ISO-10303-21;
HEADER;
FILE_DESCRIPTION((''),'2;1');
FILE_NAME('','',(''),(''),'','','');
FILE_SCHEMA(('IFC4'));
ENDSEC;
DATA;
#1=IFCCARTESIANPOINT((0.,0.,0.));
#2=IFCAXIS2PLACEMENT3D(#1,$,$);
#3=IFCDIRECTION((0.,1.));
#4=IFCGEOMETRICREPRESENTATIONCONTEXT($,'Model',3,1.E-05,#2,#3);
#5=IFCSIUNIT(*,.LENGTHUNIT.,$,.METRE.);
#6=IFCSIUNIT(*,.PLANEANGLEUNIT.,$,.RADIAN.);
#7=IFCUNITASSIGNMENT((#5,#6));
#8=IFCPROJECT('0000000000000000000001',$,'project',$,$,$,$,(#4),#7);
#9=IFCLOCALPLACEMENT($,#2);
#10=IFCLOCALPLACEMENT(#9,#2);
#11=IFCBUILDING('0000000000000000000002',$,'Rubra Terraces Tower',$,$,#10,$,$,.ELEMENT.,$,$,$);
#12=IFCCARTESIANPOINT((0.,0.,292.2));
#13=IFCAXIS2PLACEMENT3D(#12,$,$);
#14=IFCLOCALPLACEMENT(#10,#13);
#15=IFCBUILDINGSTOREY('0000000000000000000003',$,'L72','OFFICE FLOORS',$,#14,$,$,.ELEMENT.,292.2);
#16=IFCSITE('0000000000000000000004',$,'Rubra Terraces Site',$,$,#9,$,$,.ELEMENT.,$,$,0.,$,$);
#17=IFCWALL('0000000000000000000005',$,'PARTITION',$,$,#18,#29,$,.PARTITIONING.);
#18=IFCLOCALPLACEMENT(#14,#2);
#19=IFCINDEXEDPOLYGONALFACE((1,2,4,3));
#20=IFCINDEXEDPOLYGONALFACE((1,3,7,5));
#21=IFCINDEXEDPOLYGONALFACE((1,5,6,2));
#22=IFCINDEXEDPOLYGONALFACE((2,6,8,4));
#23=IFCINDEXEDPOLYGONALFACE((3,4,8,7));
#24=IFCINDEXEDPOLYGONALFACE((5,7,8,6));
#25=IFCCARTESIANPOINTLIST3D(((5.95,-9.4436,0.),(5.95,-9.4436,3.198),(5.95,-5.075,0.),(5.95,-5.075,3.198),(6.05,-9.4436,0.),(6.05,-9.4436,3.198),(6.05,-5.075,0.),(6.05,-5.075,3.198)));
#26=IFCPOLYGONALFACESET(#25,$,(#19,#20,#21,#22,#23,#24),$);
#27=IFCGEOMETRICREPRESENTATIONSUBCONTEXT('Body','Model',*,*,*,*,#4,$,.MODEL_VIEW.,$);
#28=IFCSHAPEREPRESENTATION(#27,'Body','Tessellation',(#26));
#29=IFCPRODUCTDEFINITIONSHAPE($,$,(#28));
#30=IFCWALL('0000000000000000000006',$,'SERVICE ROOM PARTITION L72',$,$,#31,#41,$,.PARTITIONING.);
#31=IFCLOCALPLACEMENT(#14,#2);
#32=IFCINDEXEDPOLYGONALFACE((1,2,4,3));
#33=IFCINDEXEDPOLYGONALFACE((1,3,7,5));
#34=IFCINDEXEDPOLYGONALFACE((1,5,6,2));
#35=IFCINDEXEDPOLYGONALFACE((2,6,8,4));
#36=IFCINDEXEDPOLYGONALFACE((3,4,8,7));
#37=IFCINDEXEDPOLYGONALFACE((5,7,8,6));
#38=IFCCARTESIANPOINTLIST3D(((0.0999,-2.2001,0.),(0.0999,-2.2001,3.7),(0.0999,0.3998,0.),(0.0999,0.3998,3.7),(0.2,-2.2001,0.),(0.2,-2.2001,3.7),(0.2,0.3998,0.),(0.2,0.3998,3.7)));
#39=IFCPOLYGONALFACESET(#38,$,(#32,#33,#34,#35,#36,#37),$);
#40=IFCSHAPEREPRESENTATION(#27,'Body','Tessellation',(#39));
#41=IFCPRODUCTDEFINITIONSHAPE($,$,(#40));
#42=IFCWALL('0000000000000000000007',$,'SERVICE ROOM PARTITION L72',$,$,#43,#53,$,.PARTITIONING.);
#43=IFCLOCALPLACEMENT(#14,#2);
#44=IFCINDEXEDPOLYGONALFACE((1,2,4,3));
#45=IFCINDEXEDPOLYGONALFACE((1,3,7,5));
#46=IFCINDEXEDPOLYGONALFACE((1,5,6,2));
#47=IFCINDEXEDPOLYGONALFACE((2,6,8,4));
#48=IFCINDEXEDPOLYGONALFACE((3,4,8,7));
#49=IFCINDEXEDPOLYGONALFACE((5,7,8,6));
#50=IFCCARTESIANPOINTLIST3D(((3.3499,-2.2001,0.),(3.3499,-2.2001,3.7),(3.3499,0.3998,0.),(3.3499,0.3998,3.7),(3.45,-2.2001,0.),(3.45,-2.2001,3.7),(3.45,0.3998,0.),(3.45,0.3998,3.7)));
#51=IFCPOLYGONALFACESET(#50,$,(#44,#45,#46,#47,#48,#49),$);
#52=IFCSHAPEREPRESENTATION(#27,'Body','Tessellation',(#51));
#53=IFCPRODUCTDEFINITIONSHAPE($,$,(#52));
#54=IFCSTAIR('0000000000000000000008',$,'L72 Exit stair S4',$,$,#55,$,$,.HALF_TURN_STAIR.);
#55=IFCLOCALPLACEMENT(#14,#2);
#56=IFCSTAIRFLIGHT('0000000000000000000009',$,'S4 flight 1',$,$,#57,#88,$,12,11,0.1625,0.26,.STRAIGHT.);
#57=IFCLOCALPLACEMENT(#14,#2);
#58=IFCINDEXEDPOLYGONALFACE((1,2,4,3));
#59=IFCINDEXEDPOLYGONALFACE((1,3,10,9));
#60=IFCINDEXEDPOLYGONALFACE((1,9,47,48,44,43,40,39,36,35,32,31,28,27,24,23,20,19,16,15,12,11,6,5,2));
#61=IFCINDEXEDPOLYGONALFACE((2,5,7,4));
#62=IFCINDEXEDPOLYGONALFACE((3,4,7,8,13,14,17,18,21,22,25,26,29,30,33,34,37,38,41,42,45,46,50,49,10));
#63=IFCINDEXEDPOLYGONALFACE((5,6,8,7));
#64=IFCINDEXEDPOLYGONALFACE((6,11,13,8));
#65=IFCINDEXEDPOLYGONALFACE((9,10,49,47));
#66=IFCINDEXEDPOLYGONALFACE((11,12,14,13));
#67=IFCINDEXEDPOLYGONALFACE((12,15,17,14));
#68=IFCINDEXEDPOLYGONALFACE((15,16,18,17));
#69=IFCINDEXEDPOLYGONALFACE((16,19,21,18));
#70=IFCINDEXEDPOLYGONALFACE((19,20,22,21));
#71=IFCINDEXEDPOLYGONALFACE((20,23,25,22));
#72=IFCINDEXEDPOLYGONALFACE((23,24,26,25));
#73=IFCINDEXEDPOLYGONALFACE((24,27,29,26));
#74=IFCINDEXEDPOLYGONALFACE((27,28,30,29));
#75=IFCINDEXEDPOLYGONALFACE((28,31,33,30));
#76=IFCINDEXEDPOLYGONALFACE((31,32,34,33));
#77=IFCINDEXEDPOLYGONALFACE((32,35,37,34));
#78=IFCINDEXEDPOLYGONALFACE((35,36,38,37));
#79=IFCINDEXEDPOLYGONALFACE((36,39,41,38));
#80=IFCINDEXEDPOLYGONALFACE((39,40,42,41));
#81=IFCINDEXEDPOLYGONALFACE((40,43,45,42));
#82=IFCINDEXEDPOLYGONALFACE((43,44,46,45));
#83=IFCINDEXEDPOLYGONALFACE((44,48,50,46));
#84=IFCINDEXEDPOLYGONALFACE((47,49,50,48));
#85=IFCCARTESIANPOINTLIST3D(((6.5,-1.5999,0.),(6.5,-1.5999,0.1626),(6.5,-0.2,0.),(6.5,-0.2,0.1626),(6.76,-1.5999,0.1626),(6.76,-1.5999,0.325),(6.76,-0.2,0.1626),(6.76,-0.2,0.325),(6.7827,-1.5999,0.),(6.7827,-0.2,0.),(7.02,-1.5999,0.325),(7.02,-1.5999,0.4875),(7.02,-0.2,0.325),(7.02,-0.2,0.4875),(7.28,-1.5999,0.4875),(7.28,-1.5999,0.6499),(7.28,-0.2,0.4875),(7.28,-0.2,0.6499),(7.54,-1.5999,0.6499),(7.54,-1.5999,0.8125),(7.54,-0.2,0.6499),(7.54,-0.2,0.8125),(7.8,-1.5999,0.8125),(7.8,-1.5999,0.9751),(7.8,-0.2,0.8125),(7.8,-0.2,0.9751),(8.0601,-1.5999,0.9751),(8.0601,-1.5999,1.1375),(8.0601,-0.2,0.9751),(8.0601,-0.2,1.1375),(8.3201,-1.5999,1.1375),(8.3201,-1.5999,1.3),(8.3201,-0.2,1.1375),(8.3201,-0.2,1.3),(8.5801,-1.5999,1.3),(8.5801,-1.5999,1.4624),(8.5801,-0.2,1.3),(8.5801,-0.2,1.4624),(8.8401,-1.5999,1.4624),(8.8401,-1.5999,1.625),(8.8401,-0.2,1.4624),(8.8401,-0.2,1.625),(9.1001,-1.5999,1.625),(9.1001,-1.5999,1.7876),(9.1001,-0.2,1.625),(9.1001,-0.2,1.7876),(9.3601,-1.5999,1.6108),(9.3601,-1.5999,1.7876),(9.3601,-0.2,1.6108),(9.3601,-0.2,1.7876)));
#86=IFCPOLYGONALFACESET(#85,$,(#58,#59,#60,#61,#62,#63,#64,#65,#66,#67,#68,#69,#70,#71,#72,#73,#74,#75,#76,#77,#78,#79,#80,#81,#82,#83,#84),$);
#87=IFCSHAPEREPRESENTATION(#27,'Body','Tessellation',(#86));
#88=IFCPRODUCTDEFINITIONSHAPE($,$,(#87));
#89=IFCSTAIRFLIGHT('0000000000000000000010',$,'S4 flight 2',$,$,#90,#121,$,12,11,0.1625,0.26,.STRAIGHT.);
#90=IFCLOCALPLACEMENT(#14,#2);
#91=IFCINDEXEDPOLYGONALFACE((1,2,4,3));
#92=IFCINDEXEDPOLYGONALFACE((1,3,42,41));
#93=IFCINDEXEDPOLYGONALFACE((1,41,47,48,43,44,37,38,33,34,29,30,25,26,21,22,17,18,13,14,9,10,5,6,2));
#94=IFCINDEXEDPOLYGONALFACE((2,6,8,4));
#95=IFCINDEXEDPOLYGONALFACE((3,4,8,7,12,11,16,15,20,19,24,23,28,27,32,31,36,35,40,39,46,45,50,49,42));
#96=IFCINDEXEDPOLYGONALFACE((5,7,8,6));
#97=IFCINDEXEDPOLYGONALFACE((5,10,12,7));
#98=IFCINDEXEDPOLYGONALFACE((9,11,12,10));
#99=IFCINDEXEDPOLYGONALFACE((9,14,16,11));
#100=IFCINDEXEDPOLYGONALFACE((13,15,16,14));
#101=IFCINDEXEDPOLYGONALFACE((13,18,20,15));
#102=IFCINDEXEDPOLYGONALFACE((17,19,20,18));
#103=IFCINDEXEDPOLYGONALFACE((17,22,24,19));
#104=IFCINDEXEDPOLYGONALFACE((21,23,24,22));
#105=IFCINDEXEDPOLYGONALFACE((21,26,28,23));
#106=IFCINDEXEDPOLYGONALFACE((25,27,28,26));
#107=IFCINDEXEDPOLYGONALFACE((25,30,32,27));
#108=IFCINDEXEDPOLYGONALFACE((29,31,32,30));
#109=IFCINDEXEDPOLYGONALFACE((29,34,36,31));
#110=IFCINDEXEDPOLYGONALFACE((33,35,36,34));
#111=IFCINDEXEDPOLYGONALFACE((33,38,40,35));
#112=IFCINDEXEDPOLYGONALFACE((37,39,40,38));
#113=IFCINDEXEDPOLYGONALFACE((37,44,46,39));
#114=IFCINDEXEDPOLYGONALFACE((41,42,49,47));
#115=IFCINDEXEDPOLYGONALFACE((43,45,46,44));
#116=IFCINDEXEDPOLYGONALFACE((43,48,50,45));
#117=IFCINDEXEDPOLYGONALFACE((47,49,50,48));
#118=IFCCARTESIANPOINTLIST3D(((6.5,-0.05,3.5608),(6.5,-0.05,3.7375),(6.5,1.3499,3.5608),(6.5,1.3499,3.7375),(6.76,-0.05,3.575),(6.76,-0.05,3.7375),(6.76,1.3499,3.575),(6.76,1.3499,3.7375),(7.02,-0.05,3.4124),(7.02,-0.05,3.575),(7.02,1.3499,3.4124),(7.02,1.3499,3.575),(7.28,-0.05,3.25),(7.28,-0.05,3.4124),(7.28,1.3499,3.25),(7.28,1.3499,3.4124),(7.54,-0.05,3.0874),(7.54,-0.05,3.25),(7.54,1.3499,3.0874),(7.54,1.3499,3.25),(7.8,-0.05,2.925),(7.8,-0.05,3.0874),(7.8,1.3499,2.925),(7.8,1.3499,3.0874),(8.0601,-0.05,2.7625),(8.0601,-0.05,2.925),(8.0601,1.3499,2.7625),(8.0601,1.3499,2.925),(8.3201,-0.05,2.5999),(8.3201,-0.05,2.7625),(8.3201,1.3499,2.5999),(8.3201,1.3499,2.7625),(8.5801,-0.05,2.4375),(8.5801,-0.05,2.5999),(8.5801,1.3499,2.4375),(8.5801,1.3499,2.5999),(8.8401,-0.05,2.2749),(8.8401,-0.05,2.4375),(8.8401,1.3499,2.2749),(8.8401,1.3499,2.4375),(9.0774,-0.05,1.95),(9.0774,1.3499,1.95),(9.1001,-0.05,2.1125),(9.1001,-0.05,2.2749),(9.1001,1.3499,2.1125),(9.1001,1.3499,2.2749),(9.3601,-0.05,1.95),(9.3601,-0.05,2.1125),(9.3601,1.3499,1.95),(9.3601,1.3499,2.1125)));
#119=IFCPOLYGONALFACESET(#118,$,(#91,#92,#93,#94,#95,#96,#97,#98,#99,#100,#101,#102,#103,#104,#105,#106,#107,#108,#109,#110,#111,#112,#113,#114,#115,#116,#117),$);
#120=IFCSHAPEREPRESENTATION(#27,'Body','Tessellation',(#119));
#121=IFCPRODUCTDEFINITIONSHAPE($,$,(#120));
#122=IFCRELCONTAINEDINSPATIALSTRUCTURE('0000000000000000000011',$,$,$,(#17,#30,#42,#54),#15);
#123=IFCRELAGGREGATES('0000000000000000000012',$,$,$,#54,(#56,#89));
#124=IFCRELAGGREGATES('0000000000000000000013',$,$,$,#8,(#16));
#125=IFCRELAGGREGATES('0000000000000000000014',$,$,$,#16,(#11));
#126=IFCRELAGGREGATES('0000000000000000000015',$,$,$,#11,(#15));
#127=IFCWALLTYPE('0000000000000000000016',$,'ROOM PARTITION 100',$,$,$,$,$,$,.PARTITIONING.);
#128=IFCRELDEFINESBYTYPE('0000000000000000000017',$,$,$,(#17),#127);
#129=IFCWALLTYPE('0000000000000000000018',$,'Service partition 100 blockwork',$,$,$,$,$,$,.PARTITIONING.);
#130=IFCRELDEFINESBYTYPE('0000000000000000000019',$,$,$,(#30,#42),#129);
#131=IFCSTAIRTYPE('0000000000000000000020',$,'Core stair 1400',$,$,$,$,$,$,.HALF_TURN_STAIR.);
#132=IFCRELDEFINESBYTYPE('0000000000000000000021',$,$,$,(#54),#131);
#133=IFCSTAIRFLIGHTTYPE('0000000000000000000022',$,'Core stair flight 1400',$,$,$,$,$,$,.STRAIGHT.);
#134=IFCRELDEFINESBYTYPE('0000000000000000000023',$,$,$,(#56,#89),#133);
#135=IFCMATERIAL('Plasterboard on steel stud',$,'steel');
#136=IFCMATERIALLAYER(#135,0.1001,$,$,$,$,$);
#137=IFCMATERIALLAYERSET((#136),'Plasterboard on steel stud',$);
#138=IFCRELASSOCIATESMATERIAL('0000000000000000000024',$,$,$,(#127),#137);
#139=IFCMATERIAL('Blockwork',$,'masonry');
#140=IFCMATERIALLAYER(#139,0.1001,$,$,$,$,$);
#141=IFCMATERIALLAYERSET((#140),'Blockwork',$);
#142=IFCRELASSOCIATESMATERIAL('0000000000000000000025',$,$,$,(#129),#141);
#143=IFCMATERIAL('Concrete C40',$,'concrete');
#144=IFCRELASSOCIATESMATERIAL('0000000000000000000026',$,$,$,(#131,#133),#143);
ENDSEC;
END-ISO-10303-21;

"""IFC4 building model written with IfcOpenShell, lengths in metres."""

from ifc_helpers import new_model, si_unit, direction, frame, frame_2d, origin, place, context, subcontext, project, spatial, polyline, rectangle, outline, extrude, material, layer, layer_set, type_object, element, aggregate, save


model = new_model("IFC4")

# Units and contexts
model_context = context("Model", 3, precision=1e-05, world=origin(), true_north=direction((0.0, 1.0)))
body_context = subcontext(model_context, "Body", "Model", "MODEL_VIEW")
ifc_project = project(units=[si_unit("LENGTHUNIT", "METRE"), si_unit("PLANEANGLEUNIT", "RADIAN")], contexts=[model_context])

# Site, building, storey
site_placement = place(None, origin())
site = spatial("IfcSite", under=ifc_project, at=site_placement, Name="Rubra Terraces Site", CompositionType="ELEMENT", RefElevation=0.0)
building_placement = place(site_placement, origin())
building = spatial("IfcBuilding", under=site, at=building_placement, Name="Rubra Terraces Tower", CompositionType="ELEMENT")
storey_placement = place(building_placement, frame((0.0, 0.0, 292.2)))
storey = spatial("IfcBuildingStorey", under=building, at=storey_placement, Name="L72", Description="OFFICE FLOORS", CompositionType="ELEMENT", Elevation=292.2)

# Walls
ifc_material_1 = material(Name="Concrete C40", Category="concrete")
ifc_material_2 = material(Name="Plasterboard on steel stud", Category="steel")
ifc_layer_1 = layer(ifc_material_2, 0.1001)
ifc_layer_set_1 = layer_set([ifc_layer_1], Name="Plasterboard on steel stud")
wall_type_1 = type_object("IfcWallType", Name="ROOM PARTITION 100", PredefinedType="PARTITIONING", material=ifc_layer_set_1)
wall_1_placement = place(storey_placement, frame((6.0, -9.4436, 0.0), z_axis=(0.0, 0.0, 1.0), x_axis=(0.0, 1.0, 0.0)))
element("IfcWall", 1, at=wall_1_placement, inside=storey, type_object=wall_type_1, Name="PARTITION", PredefinedType="PARTITIONING", context=body_context, shape_type="SweptSolid", body=[
    extrude(rectangle(XDim=4.3687, YDim=0.1001, at=frame_2d((2.1843, 0.0))), origin(), (0.0, 0.0, 1.0), 3.198),
])
ifc_material_3 = material(Name="Blockwork", Category="masonry")
ifc_layer_2 = layer(ifc_material_3, 0.1001)
ifc_layer_set_2 = layer_set([ifc_layer_2], Name="Blockwork")
wall_type_2 = type_object("IfcWallType", Name="Service partition 100 blockwork", PredefinedType="PARTITIONING", material=ifc_layer_set_2)
for number, where, z_axis, x_axis, name in (
    (2, (0.1499, -2.2, 0.0), (0.0, 0.0, 1.0), (0.0, 1.0, 0.0), "SERVICE ROOM PARTITION L72"),
    (3, (3.3999, -2.2, 0.0), (0.0, 0.0, 1.0), (0.0, 1.0, 0.0), "SERVICE ROOM PARTITION L72"),
):
    element("IfcWall", number, at=place(storey_placement, frame(where, z_axis=z_axis, x_axis=x_axis)), inside=storey, type_object=wall_type_2, Name=name, PredefinedType="PARTITIONING", context=body_context, shape_type="SweptSolid", body=[
        extrude(rectangle(XDim=2.5999, YDim=0.1001, at=frame_2d((1.2998, 0.0))), origin(), (0.0, 0.0, 1.0), 3.7),
    ])

# Stair, stair flights
stair_type = type_object("IfcStairType", Name="Core stair 1400", PredefinedType="HALF_TURN_STAIR", material=ifc_material_1)
stair_placement = place(storey_placement, origin())
stair = element("IfcStair", 4, at=stair_placement, inside=storey, type_object=stair_type, Name="L72 Exit stair S4", PredefinedType="HALF_TURN_STAIR")
stair_flight_type = type_object("IfcStairFlightType", Name="Core stair flight 1400", PredefinedType="STRAIGHT", material=ifc_material_1)
stair_flight_1_placement = place(storey_placement, frame((6.5, -0.8999, 0.0), z_axis=(0.0, 0.0, 1.0), x_axis=(1.0, 0.0, 0.0)))
stair_flight_1 = element("IfcStairFlight", 5, at=stair_flight_1_placement, type_object=stair_flight_type, Name="S4 flight 1", NumberOfRisers=12, NumberOfTreads=11, PredefinedType="STRAIGHT", RiserHeight=0.1625, TreadLength=0.26, context=body_context, shape_type="SweptSolid", body=[
    extrude(outline(polyline([(0.0, 0.0), (0.0, 0.1626), (0.26, 0.1626), (0.26, 0.325), (0.52, 0.325), (0.52, 0.4875), (0.78, 0.4875), (0.78, 0.6499), (1.04, 0.6499), (1.04, 0.8125), (1.3, 0.8125), (1.3, 0.9751), (1.5601, 0.9751), (1.5601, 1.1375), (1.8201, 1.1375), (1.8201, 1.3), (2.0801, 1.3), (2.0801, 1.4624), (2.3401, 1.4624), (2.3401, 1.625), (2.6001, 1.625), (2.6001, 1.7876), (2.8601, 1.7876), (2.8601, 1.95), (2.8601, 1.6108), (0.2827, 0.0), (0.0, 0.0)])), frame((0.0, 0.7, 0.0), z_axis=(0.0, -1.0, 0.0), x_axis=(1.0, 0.0, 0.0)), (0.0, 0.0, 1.0), 1.3999),
])
stair_flight_2_placement = place(storey_placement, frame((9.3601, 0.6499, 1.95), z_axis=(0.0, 0.0, 1.0), x_axis=(-1.0, 0.0, 0.0)))
stair_flight_2 = element("IfcStairFlight", 6, at=stair_flight_2_placement, type_object=stair_flight_type, Name="S4 flight 2", NumberOfRisers=12, NumberOfTreads=11, PredefinedType="STRAIGHT", RiserHeight=0.1625, TreadLength=0.26, context=body_context, shape_type="SweptSolid", body=[
    extrude(outline(polyline([(0.0, 0.0), (0.0, 0.1626), (0.26, 0.1626), (0.26, 0.325), (0.52, 0.325), (0.52, 0.4875), (0.78, 0.4875), (0.78, 0.6499), (1.04, 0.6499), (1.04, 0.8125), (1.3, 0.8125), (1.3, 0.9751), (1.5601, 0.9751), (1.5601, 1.1375), (1.8201, 1.1375), (1.8201, 1.3), (2.0801, 1.3), (2.0801, 1.4624), (2.3401, 1.4624), (2.3401, 1.625), (2.6001, 1.625), (2.6001, 1.7876), (2.8601, 1.7876), (2.8601, 1.95), (2.8601, 1.6108), (0.2827, 0.0), (0.0, 0.0)])), frame((0.0, 0.7, 0.0), z_axis=(0.0, -1.0, 0.0), x_axis=(1.0, 0.0, 0.0)), (0.0, 0.0, 1.0), 1.3999),
])
aggregate(stair, [stair_flight_1, stair_flight_2])

save(model, "model.ifc")
